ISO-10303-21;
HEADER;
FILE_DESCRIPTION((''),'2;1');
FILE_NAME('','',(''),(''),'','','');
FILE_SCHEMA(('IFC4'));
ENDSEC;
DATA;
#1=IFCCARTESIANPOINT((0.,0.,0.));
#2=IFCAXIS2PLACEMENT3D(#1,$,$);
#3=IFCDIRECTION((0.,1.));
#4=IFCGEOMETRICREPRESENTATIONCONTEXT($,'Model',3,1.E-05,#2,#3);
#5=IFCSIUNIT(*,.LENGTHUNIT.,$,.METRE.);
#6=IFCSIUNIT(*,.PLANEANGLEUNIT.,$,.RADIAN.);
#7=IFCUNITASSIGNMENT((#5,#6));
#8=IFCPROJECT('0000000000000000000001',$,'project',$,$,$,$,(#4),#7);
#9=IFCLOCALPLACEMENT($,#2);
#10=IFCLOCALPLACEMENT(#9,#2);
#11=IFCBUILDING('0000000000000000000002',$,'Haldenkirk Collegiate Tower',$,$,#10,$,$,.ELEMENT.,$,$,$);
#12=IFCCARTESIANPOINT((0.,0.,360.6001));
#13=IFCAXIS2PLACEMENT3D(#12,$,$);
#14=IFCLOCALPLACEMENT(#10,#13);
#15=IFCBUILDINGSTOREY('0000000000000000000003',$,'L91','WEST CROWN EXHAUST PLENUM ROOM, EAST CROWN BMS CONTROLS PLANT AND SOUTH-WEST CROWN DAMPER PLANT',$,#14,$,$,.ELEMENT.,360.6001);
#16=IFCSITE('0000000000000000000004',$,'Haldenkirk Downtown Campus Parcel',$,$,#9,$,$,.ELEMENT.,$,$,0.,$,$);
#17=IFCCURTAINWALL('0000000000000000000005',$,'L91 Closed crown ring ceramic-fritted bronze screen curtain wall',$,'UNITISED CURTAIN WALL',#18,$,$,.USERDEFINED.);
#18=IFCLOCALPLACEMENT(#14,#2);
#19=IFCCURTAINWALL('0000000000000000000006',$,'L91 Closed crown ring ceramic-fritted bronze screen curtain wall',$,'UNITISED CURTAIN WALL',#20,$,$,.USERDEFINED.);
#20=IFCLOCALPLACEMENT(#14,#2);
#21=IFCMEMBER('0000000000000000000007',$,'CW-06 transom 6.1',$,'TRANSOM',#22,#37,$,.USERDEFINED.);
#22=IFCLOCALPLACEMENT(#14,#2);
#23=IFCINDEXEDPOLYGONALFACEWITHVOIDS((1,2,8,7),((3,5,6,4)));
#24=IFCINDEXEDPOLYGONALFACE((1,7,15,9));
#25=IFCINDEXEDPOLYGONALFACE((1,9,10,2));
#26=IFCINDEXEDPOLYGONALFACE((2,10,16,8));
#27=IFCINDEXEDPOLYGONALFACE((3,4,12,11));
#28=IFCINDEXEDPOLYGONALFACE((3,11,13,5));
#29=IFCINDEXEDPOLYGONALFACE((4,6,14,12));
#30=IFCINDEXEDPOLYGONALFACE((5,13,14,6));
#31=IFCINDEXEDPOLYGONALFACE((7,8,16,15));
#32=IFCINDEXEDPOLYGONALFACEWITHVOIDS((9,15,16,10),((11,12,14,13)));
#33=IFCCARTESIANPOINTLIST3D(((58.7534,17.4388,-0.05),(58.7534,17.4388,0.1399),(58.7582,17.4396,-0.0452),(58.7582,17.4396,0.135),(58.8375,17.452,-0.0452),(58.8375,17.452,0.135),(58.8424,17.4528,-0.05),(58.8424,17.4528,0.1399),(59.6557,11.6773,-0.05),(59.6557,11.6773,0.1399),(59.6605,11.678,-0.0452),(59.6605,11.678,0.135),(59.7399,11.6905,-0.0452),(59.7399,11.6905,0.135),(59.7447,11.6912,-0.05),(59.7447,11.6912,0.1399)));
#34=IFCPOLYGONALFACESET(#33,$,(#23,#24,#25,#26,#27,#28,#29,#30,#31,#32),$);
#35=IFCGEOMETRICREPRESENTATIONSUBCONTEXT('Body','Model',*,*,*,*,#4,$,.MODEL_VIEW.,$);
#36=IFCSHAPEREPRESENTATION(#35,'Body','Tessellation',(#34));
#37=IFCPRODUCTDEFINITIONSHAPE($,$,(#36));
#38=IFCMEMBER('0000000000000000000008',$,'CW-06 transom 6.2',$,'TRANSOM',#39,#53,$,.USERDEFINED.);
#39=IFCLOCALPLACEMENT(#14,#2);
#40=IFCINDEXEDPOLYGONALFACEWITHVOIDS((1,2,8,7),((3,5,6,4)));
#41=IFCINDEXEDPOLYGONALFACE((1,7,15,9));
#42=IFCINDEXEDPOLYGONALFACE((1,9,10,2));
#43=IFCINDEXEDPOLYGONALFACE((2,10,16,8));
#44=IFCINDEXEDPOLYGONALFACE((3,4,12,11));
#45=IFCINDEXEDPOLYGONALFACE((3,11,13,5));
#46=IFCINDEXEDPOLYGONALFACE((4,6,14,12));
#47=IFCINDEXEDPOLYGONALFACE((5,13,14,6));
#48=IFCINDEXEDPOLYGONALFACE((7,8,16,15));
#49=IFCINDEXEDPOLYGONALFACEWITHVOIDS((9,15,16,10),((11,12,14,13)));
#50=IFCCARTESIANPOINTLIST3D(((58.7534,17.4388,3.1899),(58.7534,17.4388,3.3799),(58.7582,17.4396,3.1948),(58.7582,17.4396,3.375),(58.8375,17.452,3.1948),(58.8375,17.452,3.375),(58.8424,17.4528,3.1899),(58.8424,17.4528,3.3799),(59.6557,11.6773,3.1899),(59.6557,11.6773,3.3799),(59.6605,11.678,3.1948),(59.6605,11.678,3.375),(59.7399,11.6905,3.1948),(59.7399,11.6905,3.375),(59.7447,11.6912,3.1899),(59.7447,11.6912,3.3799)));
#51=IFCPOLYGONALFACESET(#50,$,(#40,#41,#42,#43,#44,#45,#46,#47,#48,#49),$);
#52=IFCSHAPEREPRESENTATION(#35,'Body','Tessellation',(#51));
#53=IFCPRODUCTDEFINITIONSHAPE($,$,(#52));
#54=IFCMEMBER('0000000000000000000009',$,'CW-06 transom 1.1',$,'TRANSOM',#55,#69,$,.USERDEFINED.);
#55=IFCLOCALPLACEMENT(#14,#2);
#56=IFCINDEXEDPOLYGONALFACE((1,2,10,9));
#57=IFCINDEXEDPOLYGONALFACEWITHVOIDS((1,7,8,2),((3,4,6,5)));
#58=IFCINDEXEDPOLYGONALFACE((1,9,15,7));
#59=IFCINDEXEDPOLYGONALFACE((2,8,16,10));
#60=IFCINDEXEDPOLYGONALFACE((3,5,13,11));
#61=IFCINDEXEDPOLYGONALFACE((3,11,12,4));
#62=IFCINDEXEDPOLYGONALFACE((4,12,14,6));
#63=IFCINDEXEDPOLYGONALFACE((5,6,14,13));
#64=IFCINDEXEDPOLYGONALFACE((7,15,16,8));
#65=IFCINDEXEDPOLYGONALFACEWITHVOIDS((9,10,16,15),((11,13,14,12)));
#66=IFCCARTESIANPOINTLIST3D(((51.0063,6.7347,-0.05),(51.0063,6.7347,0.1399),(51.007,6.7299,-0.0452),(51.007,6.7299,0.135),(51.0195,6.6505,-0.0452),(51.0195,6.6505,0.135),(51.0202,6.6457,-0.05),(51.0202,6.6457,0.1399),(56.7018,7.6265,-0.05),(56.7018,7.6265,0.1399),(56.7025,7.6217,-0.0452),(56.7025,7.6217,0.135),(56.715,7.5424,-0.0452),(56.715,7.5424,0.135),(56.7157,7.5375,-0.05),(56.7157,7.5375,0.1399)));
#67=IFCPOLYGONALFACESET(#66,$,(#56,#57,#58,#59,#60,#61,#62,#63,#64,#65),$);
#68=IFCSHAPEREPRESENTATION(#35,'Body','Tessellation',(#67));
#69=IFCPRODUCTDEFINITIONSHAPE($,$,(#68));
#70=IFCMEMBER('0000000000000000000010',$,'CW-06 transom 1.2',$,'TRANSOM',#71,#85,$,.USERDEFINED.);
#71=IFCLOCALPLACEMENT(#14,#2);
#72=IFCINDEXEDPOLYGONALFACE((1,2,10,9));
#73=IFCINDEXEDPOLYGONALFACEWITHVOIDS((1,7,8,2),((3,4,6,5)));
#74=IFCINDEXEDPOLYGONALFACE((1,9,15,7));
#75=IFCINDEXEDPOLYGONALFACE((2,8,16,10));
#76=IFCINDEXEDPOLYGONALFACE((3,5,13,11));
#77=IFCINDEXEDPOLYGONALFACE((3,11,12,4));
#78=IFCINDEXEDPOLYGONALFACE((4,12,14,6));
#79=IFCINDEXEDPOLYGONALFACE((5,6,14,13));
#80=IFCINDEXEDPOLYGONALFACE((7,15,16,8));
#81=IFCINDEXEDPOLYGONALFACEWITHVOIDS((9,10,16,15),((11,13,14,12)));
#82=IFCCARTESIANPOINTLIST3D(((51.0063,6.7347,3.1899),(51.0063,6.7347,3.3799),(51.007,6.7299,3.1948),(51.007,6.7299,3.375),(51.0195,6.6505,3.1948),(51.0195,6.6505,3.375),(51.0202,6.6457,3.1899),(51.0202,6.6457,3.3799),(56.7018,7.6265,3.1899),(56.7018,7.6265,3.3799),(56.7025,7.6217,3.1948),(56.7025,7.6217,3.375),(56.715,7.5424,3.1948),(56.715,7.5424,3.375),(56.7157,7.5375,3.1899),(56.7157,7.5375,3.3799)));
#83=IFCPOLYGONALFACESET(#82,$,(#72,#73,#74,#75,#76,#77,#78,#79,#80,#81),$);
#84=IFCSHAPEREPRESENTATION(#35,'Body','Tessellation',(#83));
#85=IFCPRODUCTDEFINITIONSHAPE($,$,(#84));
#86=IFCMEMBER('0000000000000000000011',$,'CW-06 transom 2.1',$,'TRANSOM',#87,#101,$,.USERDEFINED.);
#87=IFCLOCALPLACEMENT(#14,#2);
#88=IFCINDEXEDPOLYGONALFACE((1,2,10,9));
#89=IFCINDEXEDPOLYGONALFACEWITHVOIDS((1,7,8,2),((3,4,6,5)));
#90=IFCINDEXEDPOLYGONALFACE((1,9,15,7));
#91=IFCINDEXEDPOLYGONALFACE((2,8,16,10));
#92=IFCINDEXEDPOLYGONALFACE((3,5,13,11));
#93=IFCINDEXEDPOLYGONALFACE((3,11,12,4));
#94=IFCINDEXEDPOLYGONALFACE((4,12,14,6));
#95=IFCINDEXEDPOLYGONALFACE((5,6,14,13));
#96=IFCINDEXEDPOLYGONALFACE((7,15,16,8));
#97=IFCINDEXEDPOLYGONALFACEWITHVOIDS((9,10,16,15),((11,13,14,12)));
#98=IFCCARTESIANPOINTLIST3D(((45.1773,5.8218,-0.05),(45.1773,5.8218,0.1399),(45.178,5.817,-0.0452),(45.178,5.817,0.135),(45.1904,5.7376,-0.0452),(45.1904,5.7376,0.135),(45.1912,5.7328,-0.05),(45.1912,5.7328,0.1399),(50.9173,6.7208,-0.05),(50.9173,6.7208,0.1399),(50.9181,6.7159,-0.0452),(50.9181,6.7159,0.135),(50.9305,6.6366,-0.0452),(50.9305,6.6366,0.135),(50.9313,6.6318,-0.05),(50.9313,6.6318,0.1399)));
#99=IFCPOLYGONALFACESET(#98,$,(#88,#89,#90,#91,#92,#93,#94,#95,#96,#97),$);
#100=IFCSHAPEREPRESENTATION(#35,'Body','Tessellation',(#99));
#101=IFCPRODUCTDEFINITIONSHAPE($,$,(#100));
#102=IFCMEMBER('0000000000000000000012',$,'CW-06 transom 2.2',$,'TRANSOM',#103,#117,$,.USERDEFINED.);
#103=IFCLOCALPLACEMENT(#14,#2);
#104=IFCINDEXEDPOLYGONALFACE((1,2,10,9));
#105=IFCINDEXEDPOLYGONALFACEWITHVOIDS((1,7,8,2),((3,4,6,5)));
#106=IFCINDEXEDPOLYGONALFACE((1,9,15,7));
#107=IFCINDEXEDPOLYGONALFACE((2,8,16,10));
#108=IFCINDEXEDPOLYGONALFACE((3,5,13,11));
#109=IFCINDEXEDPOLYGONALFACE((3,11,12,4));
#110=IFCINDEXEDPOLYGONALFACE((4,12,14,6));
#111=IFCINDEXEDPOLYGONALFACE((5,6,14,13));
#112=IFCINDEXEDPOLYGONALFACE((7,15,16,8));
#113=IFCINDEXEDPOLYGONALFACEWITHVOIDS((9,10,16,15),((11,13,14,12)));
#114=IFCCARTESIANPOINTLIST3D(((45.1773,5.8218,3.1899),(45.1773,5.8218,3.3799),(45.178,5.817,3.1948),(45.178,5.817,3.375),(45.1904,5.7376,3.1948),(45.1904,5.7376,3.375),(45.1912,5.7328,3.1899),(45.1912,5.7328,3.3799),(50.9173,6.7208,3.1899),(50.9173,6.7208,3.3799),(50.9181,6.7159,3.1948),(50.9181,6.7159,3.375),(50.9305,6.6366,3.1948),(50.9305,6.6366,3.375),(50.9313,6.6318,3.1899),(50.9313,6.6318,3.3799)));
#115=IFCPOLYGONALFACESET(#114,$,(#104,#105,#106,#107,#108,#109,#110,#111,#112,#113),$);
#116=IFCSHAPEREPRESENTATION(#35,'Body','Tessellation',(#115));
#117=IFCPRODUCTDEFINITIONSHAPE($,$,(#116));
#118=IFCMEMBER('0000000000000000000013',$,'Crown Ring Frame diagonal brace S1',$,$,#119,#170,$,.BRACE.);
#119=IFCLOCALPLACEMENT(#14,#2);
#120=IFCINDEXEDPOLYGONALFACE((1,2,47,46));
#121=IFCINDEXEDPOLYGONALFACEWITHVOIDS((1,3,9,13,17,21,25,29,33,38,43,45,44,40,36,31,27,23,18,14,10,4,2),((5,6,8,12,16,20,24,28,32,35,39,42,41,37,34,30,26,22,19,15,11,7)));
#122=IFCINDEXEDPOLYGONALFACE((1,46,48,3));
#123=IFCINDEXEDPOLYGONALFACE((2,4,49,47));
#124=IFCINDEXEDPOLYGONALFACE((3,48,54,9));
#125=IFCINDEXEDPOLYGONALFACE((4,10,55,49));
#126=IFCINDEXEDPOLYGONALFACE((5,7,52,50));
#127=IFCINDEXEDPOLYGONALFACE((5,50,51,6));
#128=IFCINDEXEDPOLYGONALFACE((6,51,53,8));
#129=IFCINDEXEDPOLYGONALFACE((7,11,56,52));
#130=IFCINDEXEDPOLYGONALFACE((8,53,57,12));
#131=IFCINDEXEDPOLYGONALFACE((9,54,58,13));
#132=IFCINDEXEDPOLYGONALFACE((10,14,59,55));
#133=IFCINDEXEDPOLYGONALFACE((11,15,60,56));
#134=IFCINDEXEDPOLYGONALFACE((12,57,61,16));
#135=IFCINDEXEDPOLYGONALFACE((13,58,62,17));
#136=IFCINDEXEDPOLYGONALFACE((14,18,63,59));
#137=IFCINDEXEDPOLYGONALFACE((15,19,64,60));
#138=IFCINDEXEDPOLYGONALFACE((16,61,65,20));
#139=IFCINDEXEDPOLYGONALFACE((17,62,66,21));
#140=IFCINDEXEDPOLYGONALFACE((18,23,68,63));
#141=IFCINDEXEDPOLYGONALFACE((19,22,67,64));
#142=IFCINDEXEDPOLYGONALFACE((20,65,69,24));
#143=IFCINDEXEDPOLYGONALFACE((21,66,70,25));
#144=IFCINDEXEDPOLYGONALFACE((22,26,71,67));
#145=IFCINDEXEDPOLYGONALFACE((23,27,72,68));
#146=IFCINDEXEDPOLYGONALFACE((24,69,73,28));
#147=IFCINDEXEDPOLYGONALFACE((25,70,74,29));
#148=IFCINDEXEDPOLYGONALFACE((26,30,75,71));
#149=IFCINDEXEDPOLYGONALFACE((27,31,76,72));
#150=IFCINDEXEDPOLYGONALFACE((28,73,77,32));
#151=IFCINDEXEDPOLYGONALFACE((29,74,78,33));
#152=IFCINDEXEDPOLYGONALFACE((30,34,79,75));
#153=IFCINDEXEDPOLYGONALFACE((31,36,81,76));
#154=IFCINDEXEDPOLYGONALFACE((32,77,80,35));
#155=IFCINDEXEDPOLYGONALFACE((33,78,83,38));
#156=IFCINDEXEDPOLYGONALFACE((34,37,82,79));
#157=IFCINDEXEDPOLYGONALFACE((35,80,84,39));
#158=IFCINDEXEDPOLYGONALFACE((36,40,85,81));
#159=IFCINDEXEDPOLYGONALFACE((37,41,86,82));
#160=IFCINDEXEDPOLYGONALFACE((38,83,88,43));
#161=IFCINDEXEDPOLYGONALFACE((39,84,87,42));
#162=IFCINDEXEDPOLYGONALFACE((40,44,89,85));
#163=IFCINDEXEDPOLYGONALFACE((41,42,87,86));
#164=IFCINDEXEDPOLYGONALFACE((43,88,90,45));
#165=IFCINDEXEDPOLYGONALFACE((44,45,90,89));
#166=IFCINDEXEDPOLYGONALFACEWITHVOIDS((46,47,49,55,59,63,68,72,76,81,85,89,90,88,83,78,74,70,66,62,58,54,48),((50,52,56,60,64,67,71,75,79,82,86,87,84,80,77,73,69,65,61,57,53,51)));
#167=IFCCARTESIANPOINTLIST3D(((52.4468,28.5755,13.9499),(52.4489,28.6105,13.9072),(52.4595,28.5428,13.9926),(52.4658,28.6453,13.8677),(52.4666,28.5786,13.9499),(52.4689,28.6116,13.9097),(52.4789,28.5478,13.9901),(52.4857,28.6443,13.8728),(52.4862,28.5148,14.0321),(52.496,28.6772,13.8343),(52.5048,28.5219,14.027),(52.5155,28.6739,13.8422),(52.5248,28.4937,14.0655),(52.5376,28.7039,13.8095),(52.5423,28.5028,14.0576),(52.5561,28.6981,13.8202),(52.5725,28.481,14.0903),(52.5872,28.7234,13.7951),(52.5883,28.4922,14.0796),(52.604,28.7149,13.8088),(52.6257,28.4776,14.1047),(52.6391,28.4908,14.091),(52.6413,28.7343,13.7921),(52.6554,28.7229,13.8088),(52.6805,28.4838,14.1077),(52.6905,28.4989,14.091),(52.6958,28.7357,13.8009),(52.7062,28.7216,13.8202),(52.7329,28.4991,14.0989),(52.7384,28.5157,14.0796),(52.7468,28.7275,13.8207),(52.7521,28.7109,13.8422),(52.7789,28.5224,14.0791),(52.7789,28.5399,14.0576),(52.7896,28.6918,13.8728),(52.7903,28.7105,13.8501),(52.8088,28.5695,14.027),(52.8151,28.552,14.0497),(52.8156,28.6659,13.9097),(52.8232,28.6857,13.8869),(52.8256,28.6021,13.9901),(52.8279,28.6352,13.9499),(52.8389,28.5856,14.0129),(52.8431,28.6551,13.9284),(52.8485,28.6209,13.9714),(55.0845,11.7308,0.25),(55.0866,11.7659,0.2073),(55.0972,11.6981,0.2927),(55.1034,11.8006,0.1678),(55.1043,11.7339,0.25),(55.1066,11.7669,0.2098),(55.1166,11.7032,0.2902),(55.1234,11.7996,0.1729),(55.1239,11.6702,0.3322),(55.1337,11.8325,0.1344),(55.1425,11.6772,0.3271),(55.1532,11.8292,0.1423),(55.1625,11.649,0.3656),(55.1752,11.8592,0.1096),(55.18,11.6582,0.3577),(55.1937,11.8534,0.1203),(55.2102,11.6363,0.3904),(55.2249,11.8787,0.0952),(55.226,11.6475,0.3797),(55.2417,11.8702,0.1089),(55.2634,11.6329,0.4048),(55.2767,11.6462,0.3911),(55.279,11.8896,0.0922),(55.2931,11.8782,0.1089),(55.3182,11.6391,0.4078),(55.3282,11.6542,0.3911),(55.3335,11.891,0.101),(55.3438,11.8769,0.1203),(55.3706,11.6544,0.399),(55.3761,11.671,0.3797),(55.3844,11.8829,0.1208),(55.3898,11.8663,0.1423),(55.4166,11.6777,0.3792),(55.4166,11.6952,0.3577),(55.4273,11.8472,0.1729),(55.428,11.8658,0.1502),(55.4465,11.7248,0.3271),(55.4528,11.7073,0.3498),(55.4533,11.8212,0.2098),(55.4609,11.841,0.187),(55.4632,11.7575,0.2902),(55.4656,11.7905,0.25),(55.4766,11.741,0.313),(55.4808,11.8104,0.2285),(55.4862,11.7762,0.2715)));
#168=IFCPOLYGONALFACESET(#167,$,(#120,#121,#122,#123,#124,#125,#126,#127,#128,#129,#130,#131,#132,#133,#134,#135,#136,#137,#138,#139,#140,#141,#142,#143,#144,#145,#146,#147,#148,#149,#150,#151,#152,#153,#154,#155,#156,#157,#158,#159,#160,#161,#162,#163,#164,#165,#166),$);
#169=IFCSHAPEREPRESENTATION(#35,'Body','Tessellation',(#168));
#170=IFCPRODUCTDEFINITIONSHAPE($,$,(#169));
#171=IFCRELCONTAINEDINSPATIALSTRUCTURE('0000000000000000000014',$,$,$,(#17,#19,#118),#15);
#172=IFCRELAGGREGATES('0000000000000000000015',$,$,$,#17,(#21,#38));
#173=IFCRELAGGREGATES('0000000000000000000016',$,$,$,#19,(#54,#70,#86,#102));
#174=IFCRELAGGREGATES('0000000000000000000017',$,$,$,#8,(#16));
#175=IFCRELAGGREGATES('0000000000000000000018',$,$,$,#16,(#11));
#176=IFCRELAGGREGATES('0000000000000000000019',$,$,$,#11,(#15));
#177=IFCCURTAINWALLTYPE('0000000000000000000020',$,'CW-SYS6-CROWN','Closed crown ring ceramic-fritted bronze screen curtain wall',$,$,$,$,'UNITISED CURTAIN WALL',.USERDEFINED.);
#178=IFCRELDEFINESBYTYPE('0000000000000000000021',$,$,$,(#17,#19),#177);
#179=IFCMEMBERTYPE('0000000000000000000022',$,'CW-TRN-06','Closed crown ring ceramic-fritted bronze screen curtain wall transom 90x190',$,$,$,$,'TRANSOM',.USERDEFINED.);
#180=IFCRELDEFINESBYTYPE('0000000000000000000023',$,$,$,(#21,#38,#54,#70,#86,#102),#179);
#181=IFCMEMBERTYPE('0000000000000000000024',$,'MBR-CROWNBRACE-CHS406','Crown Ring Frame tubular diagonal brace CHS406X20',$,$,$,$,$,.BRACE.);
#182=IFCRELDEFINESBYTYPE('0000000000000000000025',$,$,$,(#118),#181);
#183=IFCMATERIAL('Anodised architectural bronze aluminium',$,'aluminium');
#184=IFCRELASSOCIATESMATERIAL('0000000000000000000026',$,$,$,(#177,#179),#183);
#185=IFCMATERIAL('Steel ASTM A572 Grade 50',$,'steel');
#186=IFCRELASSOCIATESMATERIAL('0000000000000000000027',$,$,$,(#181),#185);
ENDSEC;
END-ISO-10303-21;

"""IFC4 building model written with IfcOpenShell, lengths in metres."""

from ifc_helpers import new_model, si_unit, direction, frame, origin, origin_2d, place, context, subcontext, project, spatial, hollow_rectangle, hollow_circle, extrude, material, material_profile, profile_set, type_object, element, aggregate, save


model = new_model("IFC4")

# Units and contexts
model_context = context("Model", 3, precision=1e-05, world=origin(), true_north=direction((0.0, 1.0)))
body_context = subcontext(model_context, "Body", "Model", "MODEL_VIEW")
ifc_project = project(units=[si_unit("LENGTHUNIT", "METRE"), si_unit("PLANEANGLEUNIT", "RADIAN")], contexts=[model_context])

# Site, building, storey
site_placement = place(None, origin())
site = spatial("IfcSite", under=ifc_project, at=site_placement, Name="Haldenkirk Downtown Campus Parcel", CompositionType="ELEMENT", RefElevation=0.0)
building_placement = place(site_placement, origin())
building = spatial("IfcBuilding", under=site, at=building_placement, Name="Haldenkirk Collegiate Tower", CompositionType="ELEMENT")
storey_placement = place(building_placement, frame((0.0, 0.0, 360.6001)))
storey = spatial("IfcBuildingStorey", under=building, at=storey_placement, Name="L91", Description="WEST CROWN EXHAUST PLENUM ROOM, EAST CROWN BMS CONTROLS PLANT AND SOUTH-WEST CROWN DAMPER PLANT", CompositionType="ELEMENT", Elevation=360.6001)

# Shared definitions
ifc_material_1 = material(Name="Steel ASTM A572 Grade 50", Category="steel")

# Curtain walls
ifc_material_2 = material(Name="Anodised architectural bronze aluminium", Category="aluminium")
curtain_wall_type = type_object("IfcCurtainWallType", Name="CW-SYS6-CROWN", Description="Closed crown ring ceramic-fritted bronze screen curtain wall", ElementType="UNITISED CURTAIN WALL", PredefinedType="USERDEFINED", material=ifc_material_2)
curtain_wall_1_placement = place(storey_placement, origin())
curtain_wall_1 = element("IfcCurtainWall", 1, at=curtain_wall_1_placement, inside=storey, type_object=curtain_wall_type, Name="L91 Closed crown ring ceramic-fritted bronze screen curtain wall", ObjectType="UNITISED CURTAIN WALL", PredefinedType="USERDEFINED")
curtain_wall_2_placement = place(storey_placement, origin())
curtain_wall_2 = element("IfcCurtainWall", 2, at=curtain_wall_2_placement, inside=storey, type_object=curtain_wall_type, Name="L91 Closed crown ring ceramic-fritted bronze screen curtain wall", ObjectType="UNITISED CURTAIN WALL", PredefinedType="USERDEFINED")

# Members
ifc_material_profile_1 = material_profile(ifc_material_2, hollow_rectangle(XDim=0.0901, YDim=0.1899, WallThickness=0.0049, at=origin_2d()), Name="CW-TRN-06")
ifc_profile_set_1 = profile_set([ifc_material_profile_1], Name="Anodised architectural bronze aluminium")
member_type_1 = type_object("IfcMemberType", Name="CW-TRN-06", Description="Closed crown ring ceramic-fritted bronze screen curtain wall transom 90x190", ElementType="TRANSOM", PredefinedType="USERDEFINED", material=ifc_profile_set_1)
member_1_placement = place(storey_placement, frame((58.7979, 17.4458, 0.0449), z_axis=(0.154731, -0.987957, 0.0), x_axis=(0.987957, 0.154731, 0.0)))
member_1 = element("IfcMember", 3, at=member_1_placement, type_object=member_type_1, Name="CW-06 transom 6.1", ObjectType="TRANSOM", PredefinedType="USERDEFINED", context=body_context, shape_type="SweptSolid", body=[
    extrude(hollow_rectangle(XDim=0.0901, YDim=0.1899, WallThickness=0.0049, at=origin_2d()), origin(), (0.0, 0.0, 1.0), 5.8318),
])
member_2_placement = place(storey_placement, frame((58.7979, 17.4458, 3.2849), z_axis=(0.154731, -0.987957, 0.0), x_axis=(0.987957, 0.154731, 0.0)))
member_2 = element("IfcMember", 4, at=member_2_placement, type_object=member_type_1, Name="CW-06 transom 6.2", ObjectType="TRANSOM", PredefinedType="USERDEFINED", context=body_context, shape_type="SweptSolid", body=[
    extrude(hollow_rectangle(XDim=0.0901, YDim=0.1899, WallThickness=0.0049, at=origin_2d()), origin(), (0.0, 0.0, 1.0), 5.8318),
])
member_3_placement = place(storey_placement, frame((56.7087, 7.582, 0.0449), z_axis=(-0.987961, -0.154701, 0.0), x_axis=(0.154701, -0.987961, 0.0)))
member_3 = element("IfcMember", 5, at=member_3_placement, type_object=member_type_1, Name="CW-06 transom 1.1", ObjectType="TRANSOM", PredefinedType="USERDEFINED", context=body_context, shape_type="SweptSolid", body=[
    extrude(hollow_rectangle(XDim=0.0901, YDim=0.1899, WallThickness=0.0049, at=origin_2d()), origin(), (0.0, 0.0, 1.0), 5.7649),
])
member_4_placement = place(storey_placement, frame((56.7087, 7.582, 3.2849), z_axis=(-0.987961, -0.154701, 0.0), x_axis=(0.154701, -0.987961, 0.0)))
member_4 = element("IfcMember", 6, at=member_4_placement, type_object=member_type_1, Name="CW-06 transom 1.2", ObjectType="TRANSOM", PredefinedType="USERDEFINED", context=body_context, shape_type="SweptSolid", body=[
    extrude(hollow_rectangle(XDim=0.0901, YDim=0.1899, WallThickness=0.0049, at=origin_2d()), origin(), (0.0, 0.0, 1.0), 5.7649),
])
member_5_placement = place(storey_placement, frame((50.9243, 6.6763, 0.0449), z_axis=(-0.987958, -0.154722, 0.0), x_axis=(0.154722, -0.987958, 0.0)))
member_5 = element("IfcMember", 7, at=member_5_placement, type_object=member_type_1, Name="CW-06 transom 2.1", ObjectType="TRANSOM", PredefinedType="USERDEFINED", context=body_context, shape_type="SweptSolid", body=[
    extrude(hollow_rectangle(XDim=0.0901, YDim=0.1899, WallThickness=0.0049, at=origin_2d()), origin(), (0.0, 0.0, 1.0), 5.8101),
])
member_6_placement = place(storey_placement, frame((50.9243, 6.6763, 3.2849), z_axis=(-0.987958, -0.154722, 0.0), x_axis=(0.154722, -0.987958, 0.0)))
member_6 = element("IfcMember", 8, at=member_6_placement, type_object=member_type_1, Name="CW-06 transom 2.2", ObjectType="TRANSOM", PredefinedType="USERDEFINED", context=body_context, shape_type="SweptSolid", body=[
    extrude(hollow_rectangle(XDim=0.0901, YDim=0.1899, WallThickness=0.0049, at=origin_2d()), origin(), (0.0, 0.0, 1.0), 5.8101),
])

# Member
ifc_material_profile_2 = material_profile(ifc_material_1, hollow_circle(Radius=0.2029, WallThickness=0.02, at=origin_2d()), Name="CHS406X20")
ifc_profile_set_2 = profile_set([ifc_material_profile_2], Name="Steel ASTM A572 Grade 50")
member_type_2 = type_object("IfcMemberType", Name="MBR-CROWNBRACE-CHS406", Description="Crown Ring Frame tubular diagonal brace CHS406X20", PredefinedType="BRACE", material=ifc_profile_set_2)
member_7_placement = place(storey_placement, frame((55.2849, 11.7622, 0.25), z_axis=(-0.120596, 0.770145, 0.626365), x_axis=(-0.987961, -0.154704, 0.0)))
element("IfcMember", 9, at=member_7_placement, inside=storey, type_object=member_type_2, Name="Crown Ring Frame diagonal brace S1", PredefinedType="BRACE", context=body_context, shape_type="SweptSolid", body=[
    extrude(hollow_circle(Radius=0.2029, WallThickness=0.02, at=origin_2d()), origin(), (0.0, 0.0, 1.0), 21.8721),
])

aggregate(curtain_wall_1, [member_1, member_2])
aggregate(curtain_wall_2, [member_3, member_4, member_5, member_6])

save(model, "model.ifc")
